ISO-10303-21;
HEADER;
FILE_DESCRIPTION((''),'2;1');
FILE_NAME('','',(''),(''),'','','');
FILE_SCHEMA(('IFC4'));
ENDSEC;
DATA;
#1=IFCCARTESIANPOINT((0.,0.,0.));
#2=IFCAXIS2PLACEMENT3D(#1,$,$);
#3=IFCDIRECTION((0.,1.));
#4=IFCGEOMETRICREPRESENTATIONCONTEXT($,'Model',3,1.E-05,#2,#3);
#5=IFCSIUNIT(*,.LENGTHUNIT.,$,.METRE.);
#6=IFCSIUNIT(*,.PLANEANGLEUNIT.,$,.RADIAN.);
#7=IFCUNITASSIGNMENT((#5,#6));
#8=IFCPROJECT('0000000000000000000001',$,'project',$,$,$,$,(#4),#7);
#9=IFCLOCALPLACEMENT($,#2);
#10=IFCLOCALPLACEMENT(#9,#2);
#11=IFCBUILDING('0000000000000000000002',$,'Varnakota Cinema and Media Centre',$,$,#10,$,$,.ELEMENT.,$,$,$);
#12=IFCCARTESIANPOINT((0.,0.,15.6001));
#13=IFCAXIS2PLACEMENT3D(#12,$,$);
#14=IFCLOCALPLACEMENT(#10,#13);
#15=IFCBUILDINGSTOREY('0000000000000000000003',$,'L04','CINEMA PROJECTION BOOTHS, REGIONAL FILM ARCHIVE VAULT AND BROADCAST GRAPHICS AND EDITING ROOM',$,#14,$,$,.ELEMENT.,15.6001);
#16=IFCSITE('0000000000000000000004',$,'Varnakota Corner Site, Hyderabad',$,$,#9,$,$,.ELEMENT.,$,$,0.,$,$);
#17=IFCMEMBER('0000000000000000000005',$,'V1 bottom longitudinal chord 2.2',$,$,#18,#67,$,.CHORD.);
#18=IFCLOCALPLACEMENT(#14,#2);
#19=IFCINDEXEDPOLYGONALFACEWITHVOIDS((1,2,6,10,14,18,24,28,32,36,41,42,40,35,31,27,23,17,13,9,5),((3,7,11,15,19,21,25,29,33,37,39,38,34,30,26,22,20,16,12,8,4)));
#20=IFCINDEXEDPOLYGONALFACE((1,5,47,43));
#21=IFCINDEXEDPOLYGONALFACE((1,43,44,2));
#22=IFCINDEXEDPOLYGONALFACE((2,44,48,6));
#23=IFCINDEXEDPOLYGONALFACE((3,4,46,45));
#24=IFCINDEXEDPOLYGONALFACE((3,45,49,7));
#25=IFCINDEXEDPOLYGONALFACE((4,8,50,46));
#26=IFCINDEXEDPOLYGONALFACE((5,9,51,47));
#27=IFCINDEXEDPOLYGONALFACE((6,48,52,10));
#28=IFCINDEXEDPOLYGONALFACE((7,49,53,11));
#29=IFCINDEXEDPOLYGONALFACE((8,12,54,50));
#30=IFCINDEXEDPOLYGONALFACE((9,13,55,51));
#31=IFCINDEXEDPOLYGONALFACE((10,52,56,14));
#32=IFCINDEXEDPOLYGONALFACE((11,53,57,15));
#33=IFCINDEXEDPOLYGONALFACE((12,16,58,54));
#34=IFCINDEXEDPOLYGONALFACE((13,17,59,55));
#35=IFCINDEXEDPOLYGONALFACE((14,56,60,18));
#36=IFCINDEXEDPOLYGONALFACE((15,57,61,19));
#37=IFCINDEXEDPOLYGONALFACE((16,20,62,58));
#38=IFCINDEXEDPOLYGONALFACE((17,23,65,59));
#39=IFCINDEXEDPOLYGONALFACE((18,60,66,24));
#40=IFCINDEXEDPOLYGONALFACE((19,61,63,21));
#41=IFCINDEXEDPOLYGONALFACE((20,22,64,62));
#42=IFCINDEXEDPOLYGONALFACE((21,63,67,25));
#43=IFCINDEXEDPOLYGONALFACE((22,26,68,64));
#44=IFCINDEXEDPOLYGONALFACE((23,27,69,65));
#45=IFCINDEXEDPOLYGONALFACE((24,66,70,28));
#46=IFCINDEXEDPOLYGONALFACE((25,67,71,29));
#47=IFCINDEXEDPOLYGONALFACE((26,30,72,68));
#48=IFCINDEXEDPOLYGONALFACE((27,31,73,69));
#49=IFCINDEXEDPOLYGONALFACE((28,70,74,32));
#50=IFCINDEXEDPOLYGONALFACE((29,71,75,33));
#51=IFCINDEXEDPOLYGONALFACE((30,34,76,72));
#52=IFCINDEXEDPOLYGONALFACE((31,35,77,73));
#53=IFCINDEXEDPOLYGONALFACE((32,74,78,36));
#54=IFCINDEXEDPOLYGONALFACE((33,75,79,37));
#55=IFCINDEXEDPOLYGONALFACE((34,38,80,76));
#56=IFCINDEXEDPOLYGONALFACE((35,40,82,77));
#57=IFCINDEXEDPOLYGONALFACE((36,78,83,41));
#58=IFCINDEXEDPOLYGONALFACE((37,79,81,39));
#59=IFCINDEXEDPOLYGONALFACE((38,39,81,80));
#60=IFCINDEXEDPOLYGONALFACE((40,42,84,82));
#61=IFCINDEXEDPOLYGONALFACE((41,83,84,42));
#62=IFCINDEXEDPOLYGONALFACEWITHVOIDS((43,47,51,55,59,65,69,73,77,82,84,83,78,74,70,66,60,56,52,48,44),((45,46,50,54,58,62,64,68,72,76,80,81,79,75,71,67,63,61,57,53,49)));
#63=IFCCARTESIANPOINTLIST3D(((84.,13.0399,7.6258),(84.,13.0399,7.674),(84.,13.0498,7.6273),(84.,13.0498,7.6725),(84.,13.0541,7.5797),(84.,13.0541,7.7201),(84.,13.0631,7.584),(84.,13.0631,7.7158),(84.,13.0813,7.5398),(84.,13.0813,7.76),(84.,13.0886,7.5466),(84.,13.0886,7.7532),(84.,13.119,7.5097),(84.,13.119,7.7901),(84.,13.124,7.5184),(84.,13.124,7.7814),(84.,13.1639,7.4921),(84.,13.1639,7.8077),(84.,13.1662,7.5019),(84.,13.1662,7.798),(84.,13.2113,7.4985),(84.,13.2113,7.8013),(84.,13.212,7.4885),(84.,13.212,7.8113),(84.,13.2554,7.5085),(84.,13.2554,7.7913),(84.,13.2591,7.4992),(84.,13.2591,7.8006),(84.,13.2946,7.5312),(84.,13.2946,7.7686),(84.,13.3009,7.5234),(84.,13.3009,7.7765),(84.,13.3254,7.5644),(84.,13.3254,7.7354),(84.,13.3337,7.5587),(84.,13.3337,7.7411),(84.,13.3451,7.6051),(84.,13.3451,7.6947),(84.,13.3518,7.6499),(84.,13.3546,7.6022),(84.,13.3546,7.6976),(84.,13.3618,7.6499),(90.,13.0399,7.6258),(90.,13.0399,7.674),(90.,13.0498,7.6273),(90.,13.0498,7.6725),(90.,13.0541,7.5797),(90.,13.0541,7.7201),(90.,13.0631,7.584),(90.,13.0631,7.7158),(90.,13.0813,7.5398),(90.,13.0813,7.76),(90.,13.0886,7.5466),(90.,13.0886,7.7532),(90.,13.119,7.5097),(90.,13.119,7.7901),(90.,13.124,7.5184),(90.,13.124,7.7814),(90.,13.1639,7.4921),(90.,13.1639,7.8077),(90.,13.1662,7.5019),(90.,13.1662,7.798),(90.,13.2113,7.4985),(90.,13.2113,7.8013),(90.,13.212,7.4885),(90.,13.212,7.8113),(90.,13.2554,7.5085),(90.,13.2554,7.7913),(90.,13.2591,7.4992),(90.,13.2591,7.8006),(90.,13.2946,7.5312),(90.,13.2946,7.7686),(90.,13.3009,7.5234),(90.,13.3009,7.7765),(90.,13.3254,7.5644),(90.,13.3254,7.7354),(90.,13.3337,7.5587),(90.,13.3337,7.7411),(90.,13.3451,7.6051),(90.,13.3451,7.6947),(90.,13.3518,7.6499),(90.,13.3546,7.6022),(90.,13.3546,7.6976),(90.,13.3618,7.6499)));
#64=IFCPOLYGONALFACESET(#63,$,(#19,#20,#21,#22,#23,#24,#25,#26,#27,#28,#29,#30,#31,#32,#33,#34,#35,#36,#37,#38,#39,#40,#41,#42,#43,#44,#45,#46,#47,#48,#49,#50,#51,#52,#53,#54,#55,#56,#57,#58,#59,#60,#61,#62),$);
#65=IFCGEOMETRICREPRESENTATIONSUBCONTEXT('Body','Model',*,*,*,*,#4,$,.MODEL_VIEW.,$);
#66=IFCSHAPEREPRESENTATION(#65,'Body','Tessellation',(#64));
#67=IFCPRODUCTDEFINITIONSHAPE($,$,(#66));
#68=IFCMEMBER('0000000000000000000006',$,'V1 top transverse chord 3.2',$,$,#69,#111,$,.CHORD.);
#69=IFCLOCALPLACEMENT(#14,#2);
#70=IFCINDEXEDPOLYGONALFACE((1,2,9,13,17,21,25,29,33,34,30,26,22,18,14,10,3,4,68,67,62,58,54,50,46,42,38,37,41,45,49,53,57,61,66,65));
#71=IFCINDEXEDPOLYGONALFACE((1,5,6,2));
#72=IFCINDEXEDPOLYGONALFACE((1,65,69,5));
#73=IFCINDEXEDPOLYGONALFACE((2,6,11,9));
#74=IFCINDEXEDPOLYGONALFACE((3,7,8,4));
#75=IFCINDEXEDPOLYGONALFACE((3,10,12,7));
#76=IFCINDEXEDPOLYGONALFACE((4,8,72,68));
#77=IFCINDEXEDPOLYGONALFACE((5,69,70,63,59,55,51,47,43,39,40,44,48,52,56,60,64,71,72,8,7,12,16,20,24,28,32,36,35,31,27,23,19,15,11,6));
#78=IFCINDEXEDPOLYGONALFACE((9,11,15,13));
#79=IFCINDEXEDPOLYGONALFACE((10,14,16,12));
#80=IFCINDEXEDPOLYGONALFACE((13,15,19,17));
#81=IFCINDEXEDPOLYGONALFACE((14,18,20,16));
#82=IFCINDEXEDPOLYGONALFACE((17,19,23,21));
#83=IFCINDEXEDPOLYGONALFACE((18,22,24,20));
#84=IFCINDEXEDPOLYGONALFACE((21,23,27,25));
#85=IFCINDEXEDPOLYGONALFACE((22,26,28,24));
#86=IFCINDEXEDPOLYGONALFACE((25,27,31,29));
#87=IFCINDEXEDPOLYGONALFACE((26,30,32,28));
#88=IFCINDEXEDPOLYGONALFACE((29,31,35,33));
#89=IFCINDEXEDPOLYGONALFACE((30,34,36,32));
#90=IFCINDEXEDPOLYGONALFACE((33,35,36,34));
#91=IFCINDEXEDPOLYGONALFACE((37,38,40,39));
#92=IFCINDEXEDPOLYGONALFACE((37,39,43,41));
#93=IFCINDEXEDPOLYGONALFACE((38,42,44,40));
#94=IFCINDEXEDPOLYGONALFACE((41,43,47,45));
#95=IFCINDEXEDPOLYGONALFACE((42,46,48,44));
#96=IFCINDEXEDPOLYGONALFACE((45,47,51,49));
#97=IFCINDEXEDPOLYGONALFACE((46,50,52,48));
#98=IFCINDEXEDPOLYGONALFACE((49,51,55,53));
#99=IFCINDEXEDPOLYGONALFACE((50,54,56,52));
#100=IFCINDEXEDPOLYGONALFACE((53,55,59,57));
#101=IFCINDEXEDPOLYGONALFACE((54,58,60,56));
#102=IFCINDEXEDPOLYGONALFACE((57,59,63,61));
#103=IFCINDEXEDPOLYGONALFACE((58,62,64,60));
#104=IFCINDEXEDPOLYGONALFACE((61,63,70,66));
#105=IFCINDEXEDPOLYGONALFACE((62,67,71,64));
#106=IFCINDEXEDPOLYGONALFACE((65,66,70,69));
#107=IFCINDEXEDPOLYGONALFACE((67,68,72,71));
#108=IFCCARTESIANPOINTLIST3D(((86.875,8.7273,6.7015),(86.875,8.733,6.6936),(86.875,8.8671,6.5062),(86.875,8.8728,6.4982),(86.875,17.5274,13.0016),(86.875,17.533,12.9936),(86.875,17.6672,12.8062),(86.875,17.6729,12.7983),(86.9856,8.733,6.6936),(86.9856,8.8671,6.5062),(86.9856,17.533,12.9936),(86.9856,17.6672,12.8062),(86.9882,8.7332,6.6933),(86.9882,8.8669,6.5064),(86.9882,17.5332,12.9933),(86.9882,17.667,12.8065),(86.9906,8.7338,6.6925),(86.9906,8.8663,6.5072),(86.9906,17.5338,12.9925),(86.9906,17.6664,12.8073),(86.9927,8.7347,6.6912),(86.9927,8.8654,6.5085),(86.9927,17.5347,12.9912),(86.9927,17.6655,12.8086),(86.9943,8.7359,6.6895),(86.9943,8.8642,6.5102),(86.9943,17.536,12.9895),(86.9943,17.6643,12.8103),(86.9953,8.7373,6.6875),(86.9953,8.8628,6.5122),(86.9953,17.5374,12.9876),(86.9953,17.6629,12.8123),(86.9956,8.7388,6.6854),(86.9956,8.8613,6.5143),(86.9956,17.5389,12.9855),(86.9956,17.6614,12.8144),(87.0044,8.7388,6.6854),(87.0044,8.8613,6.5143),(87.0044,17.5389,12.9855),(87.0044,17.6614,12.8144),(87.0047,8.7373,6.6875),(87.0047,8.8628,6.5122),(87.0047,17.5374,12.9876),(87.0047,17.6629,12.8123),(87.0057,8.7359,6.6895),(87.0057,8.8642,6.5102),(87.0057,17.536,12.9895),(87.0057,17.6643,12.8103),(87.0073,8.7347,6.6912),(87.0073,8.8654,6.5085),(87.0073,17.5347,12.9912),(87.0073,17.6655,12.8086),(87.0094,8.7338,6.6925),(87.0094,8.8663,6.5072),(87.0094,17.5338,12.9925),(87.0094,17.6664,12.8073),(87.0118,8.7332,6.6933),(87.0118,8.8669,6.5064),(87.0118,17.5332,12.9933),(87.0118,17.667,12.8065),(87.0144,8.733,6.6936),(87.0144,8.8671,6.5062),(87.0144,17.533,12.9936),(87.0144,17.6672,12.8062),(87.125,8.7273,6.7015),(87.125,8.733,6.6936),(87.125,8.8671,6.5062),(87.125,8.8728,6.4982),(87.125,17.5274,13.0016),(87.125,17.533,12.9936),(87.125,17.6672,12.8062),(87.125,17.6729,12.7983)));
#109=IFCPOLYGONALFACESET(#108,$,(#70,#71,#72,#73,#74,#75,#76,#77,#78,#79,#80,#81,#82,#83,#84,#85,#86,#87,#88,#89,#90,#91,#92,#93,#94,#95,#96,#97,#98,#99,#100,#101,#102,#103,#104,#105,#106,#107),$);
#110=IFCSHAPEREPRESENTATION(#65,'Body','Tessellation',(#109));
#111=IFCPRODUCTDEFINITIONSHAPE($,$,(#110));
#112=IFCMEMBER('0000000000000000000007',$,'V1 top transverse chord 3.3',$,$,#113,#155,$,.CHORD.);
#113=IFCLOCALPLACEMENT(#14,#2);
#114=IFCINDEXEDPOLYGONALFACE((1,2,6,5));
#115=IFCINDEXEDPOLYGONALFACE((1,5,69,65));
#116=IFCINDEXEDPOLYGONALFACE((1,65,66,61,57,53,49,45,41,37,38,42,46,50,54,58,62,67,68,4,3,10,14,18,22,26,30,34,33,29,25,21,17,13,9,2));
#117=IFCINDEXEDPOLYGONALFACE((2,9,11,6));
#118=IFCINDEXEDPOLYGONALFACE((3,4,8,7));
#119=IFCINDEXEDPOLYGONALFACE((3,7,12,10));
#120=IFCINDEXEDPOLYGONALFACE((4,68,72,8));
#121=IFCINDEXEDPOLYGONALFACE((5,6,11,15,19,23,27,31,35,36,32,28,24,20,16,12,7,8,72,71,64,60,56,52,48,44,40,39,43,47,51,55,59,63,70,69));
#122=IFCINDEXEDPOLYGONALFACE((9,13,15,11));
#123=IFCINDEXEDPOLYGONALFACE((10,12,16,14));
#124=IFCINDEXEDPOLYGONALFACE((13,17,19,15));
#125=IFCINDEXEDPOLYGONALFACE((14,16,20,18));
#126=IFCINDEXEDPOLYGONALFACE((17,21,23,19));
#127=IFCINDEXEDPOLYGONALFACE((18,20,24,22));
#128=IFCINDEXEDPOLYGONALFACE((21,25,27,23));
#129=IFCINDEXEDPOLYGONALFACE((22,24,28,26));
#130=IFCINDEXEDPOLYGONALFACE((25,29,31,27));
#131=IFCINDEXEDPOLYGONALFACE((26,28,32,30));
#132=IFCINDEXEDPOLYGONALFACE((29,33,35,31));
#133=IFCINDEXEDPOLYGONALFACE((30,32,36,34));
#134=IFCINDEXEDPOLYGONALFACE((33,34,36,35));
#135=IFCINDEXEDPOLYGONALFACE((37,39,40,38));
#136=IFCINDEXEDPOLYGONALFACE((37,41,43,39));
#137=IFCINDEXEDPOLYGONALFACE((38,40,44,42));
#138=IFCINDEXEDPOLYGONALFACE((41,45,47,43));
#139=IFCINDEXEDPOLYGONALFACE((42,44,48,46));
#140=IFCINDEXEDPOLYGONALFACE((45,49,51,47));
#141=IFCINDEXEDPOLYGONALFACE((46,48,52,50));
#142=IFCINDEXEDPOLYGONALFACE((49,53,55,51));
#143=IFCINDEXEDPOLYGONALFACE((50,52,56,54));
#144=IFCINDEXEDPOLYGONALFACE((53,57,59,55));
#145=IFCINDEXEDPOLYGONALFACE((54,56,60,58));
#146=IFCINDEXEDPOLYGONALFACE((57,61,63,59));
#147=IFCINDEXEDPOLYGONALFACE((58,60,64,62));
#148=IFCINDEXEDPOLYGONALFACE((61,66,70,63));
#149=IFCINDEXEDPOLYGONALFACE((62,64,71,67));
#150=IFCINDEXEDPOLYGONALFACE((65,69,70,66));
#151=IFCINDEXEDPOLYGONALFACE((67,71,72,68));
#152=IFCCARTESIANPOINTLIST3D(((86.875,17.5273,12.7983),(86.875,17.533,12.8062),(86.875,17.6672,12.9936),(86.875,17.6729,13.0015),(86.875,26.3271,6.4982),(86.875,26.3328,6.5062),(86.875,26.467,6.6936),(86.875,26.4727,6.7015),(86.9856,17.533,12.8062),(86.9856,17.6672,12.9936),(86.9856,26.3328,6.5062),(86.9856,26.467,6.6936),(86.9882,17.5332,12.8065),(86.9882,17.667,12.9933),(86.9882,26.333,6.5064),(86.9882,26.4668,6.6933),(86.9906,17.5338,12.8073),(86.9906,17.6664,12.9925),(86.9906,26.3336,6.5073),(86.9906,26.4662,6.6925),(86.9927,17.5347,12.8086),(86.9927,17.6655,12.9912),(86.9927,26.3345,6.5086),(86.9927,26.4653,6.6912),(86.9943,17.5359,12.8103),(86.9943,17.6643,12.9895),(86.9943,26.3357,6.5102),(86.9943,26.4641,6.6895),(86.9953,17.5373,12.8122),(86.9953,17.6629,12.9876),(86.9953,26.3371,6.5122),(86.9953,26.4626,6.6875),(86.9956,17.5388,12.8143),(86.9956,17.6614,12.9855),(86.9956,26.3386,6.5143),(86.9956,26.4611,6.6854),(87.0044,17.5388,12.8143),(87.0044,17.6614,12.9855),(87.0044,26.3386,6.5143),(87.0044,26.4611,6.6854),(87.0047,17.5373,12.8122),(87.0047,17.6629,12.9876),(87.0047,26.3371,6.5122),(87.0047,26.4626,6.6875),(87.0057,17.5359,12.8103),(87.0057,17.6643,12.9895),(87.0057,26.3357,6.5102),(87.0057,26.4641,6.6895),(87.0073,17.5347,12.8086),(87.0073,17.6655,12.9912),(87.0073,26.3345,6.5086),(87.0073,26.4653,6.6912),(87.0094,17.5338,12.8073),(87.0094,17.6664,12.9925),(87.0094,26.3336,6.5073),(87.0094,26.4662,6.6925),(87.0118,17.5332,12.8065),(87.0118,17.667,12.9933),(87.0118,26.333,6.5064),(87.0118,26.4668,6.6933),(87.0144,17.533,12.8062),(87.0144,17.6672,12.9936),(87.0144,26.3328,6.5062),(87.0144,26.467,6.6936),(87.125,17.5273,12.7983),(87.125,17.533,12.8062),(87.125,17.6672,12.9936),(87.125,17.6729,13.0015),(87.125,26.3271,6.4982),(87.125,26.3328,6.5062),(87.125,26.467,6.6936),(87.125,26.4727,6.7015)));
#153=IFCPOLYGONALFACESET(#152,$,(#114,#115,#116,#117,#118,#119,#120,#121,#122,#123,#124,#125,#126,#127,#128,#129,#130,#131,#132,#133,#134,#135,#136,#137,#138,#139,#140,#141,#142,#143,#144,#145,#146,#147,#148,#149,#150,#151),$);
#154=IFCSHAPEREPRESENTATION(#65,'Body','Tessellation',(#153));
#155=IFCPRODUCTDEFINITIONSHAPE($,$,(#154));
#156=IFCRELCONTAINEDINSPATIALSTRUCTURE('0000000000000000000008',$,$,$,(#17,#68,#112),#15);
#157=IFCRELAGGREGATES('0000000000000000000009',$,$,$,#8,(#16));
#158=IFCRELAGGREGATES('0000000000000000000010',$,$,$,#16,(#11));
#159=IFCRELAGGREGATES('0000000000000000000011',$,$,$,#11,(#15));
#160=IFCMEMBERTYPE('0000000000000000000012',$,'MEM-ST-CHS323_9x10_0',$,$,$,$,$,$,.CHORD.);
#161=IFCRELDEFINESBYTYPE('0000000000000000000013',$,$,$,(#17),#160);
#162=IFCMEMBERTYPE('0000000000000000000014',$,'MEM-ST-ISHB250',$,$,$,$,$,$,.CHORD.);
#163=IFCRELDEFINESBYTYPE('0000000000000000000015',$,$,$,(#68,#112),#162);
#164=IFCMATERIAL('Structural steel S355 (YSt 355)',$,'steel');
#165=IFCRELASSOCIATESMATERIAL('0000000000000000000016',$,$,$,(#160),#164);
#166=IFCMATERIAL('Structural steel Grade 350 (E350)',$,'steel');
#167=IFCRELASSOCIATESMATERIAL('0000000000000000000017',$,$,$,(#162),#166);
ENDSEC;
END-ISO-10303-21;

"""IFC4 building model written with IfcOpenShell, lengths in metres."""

from ifc_helpers import new_model, si_unit, direction, frame, origin, origin_2d, place, context, subcontext, project, spatial, hollow_circle, i_section, extrude, material, material_profile, profile_set, type_object, element, save


model = new_model("IFC4")

# Units and contexts
model_context = context("Model", 3, precision=1e-05, world=origin(), true_north=direction((0.0, 1.0)))
body_context = subcontext(model_context, "Body", "Model", "MODEL_VIEW")
ifc_project = project(units=[si_unit("LENGTHUNIT", "METRE"), si_unit("PLANEANGLEUNIT", "RADIAN")], contexts=[model_context])

# Site, building, storey
site_placement = place(None, origin())
site = spatial("IfcSite", under=ifc_project, at=site_placement, Name="Varnakota Corner Site, Hyderabad", CompositionType="ELEMENT", RefElevation=0.0)
building_placement = place(site_placement, origin())
building = spatial("IfcBuilding", under=site, at=building_placement, Name="Varnakota Cinema and Media Centre", CompositionType="ELEMENT")
storey_placement = place(building_placement, frame((0.0, 0.0, 15.6001)))
storey = spatial("IfcBuildingStorey", under=building, at=storey_placement, Name="L04", Description="CINEMA PROJECTION BOOTHS, REGIONAL FILM ARCHIVE VAULT AND BROADCAST GRAPHICS AND EDITING ROOM", CompositionType="ELEMENT", Elevation=15.6001)

# Members
ifc_material_1 = material(Name="Structural steel S355 (YSt 355)", Category="steel")
ifc_material_profile_1 = material_profile(ifc_material_1, hollow_circle(Radius=0.1619, WallThickness=0.01, at=origin_2d()), Name="CHS 323.9x10.0")
ifc_profile_set_1 = profile_set([ifc_material_profile_1], Name="Structural steel S355 (YSt 355)")
member_type_1 = type_object("IfcMemberType", Name="MEM-ST-CHS323_9x10_0", PredefinedType="CHORD", material=ifc_profile_set_1)
member_1_placement = place(storey_placement, frame((84.0, 13.2, 7.6499), z_axis=(1.0, 0.0, 0.0), x_axis=(0.0, 1.0, 0.0)))
element("IfcMember", 1, at=member_1_placement, inside=storey, type_object=member_type_1, Name="V1 bottom longitudinal chord 2.2", PredefinedType="CHORD", context=body_context, shape_type="SweptSolid", body=[
    extrude(hollow_circle(Radius=0.1619, WallThickness=0.01, at=origin_2d()), origin(), (0.0, 0.0, 1.0), 6.0),
])
ifc_material_2 = material(Name="Structural steel Grade 350 (E350)", Category="steel")
ifc_material_profile_2 = material_profile(ifc_material_2, i_section(OverallWidth=0.25, OverallDepth=0.25, WebThickness=0.0088, FlangeThickness=0.0098, FilletRadius=0.01, at=origin_2d()), Name="ISHB 250")
ifc_profile_set_2 = profile_set([ifc_material_profile_2], Name="Structural steel Grade 350 (E350)")
member_type_2 = type_object("IfcMemberType", Name="MEM-ST-ISHB250", PredefinedType="CHORD", material=ifc_profile_set_2)
member_2_placement = place(storey_placement, frame((87.0, 8.8, 6.5999), z_axis=(0.0, 0.813108, 0.582113), x_axis=(-1.0, 0.0, 0.0)))
element("IfcMember", 2, at=member_2_placement, inside=storey, type_object=member_type_2, Name="V1 top transverse chord 3.2", PredefinedType="CHORD", context=body_context, shape_type="SweptSolid", body=[
    extrude(i_section(OverallWidth=0.25, OverallDepth=0.25, WebThickness=0.0088, FlangeThickness=0.0098, FilletRadius=0.01, at=origin_2d()), origin(), (0.0, 0.0, 1.0), 10.8228),
])
member_3_placement = place(storey_placement, frame((87.0, 17.6001, 12.8999), z_axis=(0.0, 0.8131, -0.582123), x_axis=(-1.0, 0.0, 0.0)))
element("IfcMember", 3, at=member_3_placement, inside=storey, type_object=member_type_2, Name="V1 top transverse chord 3.3", PredefinedType="CHORD", context=body_context, shape_type="SweptSolid", body=[
    extrude(i_section(OverallWidth=0.25, OverallDepth=0.25, WebThickness=0.0088, FlangeThickness=0.0098, FilletRadius=0.01, at=origin_2d()), origin(), (0.0, 0.0, 1.0), 10.8225),
])

save(model, "model.ifc")
